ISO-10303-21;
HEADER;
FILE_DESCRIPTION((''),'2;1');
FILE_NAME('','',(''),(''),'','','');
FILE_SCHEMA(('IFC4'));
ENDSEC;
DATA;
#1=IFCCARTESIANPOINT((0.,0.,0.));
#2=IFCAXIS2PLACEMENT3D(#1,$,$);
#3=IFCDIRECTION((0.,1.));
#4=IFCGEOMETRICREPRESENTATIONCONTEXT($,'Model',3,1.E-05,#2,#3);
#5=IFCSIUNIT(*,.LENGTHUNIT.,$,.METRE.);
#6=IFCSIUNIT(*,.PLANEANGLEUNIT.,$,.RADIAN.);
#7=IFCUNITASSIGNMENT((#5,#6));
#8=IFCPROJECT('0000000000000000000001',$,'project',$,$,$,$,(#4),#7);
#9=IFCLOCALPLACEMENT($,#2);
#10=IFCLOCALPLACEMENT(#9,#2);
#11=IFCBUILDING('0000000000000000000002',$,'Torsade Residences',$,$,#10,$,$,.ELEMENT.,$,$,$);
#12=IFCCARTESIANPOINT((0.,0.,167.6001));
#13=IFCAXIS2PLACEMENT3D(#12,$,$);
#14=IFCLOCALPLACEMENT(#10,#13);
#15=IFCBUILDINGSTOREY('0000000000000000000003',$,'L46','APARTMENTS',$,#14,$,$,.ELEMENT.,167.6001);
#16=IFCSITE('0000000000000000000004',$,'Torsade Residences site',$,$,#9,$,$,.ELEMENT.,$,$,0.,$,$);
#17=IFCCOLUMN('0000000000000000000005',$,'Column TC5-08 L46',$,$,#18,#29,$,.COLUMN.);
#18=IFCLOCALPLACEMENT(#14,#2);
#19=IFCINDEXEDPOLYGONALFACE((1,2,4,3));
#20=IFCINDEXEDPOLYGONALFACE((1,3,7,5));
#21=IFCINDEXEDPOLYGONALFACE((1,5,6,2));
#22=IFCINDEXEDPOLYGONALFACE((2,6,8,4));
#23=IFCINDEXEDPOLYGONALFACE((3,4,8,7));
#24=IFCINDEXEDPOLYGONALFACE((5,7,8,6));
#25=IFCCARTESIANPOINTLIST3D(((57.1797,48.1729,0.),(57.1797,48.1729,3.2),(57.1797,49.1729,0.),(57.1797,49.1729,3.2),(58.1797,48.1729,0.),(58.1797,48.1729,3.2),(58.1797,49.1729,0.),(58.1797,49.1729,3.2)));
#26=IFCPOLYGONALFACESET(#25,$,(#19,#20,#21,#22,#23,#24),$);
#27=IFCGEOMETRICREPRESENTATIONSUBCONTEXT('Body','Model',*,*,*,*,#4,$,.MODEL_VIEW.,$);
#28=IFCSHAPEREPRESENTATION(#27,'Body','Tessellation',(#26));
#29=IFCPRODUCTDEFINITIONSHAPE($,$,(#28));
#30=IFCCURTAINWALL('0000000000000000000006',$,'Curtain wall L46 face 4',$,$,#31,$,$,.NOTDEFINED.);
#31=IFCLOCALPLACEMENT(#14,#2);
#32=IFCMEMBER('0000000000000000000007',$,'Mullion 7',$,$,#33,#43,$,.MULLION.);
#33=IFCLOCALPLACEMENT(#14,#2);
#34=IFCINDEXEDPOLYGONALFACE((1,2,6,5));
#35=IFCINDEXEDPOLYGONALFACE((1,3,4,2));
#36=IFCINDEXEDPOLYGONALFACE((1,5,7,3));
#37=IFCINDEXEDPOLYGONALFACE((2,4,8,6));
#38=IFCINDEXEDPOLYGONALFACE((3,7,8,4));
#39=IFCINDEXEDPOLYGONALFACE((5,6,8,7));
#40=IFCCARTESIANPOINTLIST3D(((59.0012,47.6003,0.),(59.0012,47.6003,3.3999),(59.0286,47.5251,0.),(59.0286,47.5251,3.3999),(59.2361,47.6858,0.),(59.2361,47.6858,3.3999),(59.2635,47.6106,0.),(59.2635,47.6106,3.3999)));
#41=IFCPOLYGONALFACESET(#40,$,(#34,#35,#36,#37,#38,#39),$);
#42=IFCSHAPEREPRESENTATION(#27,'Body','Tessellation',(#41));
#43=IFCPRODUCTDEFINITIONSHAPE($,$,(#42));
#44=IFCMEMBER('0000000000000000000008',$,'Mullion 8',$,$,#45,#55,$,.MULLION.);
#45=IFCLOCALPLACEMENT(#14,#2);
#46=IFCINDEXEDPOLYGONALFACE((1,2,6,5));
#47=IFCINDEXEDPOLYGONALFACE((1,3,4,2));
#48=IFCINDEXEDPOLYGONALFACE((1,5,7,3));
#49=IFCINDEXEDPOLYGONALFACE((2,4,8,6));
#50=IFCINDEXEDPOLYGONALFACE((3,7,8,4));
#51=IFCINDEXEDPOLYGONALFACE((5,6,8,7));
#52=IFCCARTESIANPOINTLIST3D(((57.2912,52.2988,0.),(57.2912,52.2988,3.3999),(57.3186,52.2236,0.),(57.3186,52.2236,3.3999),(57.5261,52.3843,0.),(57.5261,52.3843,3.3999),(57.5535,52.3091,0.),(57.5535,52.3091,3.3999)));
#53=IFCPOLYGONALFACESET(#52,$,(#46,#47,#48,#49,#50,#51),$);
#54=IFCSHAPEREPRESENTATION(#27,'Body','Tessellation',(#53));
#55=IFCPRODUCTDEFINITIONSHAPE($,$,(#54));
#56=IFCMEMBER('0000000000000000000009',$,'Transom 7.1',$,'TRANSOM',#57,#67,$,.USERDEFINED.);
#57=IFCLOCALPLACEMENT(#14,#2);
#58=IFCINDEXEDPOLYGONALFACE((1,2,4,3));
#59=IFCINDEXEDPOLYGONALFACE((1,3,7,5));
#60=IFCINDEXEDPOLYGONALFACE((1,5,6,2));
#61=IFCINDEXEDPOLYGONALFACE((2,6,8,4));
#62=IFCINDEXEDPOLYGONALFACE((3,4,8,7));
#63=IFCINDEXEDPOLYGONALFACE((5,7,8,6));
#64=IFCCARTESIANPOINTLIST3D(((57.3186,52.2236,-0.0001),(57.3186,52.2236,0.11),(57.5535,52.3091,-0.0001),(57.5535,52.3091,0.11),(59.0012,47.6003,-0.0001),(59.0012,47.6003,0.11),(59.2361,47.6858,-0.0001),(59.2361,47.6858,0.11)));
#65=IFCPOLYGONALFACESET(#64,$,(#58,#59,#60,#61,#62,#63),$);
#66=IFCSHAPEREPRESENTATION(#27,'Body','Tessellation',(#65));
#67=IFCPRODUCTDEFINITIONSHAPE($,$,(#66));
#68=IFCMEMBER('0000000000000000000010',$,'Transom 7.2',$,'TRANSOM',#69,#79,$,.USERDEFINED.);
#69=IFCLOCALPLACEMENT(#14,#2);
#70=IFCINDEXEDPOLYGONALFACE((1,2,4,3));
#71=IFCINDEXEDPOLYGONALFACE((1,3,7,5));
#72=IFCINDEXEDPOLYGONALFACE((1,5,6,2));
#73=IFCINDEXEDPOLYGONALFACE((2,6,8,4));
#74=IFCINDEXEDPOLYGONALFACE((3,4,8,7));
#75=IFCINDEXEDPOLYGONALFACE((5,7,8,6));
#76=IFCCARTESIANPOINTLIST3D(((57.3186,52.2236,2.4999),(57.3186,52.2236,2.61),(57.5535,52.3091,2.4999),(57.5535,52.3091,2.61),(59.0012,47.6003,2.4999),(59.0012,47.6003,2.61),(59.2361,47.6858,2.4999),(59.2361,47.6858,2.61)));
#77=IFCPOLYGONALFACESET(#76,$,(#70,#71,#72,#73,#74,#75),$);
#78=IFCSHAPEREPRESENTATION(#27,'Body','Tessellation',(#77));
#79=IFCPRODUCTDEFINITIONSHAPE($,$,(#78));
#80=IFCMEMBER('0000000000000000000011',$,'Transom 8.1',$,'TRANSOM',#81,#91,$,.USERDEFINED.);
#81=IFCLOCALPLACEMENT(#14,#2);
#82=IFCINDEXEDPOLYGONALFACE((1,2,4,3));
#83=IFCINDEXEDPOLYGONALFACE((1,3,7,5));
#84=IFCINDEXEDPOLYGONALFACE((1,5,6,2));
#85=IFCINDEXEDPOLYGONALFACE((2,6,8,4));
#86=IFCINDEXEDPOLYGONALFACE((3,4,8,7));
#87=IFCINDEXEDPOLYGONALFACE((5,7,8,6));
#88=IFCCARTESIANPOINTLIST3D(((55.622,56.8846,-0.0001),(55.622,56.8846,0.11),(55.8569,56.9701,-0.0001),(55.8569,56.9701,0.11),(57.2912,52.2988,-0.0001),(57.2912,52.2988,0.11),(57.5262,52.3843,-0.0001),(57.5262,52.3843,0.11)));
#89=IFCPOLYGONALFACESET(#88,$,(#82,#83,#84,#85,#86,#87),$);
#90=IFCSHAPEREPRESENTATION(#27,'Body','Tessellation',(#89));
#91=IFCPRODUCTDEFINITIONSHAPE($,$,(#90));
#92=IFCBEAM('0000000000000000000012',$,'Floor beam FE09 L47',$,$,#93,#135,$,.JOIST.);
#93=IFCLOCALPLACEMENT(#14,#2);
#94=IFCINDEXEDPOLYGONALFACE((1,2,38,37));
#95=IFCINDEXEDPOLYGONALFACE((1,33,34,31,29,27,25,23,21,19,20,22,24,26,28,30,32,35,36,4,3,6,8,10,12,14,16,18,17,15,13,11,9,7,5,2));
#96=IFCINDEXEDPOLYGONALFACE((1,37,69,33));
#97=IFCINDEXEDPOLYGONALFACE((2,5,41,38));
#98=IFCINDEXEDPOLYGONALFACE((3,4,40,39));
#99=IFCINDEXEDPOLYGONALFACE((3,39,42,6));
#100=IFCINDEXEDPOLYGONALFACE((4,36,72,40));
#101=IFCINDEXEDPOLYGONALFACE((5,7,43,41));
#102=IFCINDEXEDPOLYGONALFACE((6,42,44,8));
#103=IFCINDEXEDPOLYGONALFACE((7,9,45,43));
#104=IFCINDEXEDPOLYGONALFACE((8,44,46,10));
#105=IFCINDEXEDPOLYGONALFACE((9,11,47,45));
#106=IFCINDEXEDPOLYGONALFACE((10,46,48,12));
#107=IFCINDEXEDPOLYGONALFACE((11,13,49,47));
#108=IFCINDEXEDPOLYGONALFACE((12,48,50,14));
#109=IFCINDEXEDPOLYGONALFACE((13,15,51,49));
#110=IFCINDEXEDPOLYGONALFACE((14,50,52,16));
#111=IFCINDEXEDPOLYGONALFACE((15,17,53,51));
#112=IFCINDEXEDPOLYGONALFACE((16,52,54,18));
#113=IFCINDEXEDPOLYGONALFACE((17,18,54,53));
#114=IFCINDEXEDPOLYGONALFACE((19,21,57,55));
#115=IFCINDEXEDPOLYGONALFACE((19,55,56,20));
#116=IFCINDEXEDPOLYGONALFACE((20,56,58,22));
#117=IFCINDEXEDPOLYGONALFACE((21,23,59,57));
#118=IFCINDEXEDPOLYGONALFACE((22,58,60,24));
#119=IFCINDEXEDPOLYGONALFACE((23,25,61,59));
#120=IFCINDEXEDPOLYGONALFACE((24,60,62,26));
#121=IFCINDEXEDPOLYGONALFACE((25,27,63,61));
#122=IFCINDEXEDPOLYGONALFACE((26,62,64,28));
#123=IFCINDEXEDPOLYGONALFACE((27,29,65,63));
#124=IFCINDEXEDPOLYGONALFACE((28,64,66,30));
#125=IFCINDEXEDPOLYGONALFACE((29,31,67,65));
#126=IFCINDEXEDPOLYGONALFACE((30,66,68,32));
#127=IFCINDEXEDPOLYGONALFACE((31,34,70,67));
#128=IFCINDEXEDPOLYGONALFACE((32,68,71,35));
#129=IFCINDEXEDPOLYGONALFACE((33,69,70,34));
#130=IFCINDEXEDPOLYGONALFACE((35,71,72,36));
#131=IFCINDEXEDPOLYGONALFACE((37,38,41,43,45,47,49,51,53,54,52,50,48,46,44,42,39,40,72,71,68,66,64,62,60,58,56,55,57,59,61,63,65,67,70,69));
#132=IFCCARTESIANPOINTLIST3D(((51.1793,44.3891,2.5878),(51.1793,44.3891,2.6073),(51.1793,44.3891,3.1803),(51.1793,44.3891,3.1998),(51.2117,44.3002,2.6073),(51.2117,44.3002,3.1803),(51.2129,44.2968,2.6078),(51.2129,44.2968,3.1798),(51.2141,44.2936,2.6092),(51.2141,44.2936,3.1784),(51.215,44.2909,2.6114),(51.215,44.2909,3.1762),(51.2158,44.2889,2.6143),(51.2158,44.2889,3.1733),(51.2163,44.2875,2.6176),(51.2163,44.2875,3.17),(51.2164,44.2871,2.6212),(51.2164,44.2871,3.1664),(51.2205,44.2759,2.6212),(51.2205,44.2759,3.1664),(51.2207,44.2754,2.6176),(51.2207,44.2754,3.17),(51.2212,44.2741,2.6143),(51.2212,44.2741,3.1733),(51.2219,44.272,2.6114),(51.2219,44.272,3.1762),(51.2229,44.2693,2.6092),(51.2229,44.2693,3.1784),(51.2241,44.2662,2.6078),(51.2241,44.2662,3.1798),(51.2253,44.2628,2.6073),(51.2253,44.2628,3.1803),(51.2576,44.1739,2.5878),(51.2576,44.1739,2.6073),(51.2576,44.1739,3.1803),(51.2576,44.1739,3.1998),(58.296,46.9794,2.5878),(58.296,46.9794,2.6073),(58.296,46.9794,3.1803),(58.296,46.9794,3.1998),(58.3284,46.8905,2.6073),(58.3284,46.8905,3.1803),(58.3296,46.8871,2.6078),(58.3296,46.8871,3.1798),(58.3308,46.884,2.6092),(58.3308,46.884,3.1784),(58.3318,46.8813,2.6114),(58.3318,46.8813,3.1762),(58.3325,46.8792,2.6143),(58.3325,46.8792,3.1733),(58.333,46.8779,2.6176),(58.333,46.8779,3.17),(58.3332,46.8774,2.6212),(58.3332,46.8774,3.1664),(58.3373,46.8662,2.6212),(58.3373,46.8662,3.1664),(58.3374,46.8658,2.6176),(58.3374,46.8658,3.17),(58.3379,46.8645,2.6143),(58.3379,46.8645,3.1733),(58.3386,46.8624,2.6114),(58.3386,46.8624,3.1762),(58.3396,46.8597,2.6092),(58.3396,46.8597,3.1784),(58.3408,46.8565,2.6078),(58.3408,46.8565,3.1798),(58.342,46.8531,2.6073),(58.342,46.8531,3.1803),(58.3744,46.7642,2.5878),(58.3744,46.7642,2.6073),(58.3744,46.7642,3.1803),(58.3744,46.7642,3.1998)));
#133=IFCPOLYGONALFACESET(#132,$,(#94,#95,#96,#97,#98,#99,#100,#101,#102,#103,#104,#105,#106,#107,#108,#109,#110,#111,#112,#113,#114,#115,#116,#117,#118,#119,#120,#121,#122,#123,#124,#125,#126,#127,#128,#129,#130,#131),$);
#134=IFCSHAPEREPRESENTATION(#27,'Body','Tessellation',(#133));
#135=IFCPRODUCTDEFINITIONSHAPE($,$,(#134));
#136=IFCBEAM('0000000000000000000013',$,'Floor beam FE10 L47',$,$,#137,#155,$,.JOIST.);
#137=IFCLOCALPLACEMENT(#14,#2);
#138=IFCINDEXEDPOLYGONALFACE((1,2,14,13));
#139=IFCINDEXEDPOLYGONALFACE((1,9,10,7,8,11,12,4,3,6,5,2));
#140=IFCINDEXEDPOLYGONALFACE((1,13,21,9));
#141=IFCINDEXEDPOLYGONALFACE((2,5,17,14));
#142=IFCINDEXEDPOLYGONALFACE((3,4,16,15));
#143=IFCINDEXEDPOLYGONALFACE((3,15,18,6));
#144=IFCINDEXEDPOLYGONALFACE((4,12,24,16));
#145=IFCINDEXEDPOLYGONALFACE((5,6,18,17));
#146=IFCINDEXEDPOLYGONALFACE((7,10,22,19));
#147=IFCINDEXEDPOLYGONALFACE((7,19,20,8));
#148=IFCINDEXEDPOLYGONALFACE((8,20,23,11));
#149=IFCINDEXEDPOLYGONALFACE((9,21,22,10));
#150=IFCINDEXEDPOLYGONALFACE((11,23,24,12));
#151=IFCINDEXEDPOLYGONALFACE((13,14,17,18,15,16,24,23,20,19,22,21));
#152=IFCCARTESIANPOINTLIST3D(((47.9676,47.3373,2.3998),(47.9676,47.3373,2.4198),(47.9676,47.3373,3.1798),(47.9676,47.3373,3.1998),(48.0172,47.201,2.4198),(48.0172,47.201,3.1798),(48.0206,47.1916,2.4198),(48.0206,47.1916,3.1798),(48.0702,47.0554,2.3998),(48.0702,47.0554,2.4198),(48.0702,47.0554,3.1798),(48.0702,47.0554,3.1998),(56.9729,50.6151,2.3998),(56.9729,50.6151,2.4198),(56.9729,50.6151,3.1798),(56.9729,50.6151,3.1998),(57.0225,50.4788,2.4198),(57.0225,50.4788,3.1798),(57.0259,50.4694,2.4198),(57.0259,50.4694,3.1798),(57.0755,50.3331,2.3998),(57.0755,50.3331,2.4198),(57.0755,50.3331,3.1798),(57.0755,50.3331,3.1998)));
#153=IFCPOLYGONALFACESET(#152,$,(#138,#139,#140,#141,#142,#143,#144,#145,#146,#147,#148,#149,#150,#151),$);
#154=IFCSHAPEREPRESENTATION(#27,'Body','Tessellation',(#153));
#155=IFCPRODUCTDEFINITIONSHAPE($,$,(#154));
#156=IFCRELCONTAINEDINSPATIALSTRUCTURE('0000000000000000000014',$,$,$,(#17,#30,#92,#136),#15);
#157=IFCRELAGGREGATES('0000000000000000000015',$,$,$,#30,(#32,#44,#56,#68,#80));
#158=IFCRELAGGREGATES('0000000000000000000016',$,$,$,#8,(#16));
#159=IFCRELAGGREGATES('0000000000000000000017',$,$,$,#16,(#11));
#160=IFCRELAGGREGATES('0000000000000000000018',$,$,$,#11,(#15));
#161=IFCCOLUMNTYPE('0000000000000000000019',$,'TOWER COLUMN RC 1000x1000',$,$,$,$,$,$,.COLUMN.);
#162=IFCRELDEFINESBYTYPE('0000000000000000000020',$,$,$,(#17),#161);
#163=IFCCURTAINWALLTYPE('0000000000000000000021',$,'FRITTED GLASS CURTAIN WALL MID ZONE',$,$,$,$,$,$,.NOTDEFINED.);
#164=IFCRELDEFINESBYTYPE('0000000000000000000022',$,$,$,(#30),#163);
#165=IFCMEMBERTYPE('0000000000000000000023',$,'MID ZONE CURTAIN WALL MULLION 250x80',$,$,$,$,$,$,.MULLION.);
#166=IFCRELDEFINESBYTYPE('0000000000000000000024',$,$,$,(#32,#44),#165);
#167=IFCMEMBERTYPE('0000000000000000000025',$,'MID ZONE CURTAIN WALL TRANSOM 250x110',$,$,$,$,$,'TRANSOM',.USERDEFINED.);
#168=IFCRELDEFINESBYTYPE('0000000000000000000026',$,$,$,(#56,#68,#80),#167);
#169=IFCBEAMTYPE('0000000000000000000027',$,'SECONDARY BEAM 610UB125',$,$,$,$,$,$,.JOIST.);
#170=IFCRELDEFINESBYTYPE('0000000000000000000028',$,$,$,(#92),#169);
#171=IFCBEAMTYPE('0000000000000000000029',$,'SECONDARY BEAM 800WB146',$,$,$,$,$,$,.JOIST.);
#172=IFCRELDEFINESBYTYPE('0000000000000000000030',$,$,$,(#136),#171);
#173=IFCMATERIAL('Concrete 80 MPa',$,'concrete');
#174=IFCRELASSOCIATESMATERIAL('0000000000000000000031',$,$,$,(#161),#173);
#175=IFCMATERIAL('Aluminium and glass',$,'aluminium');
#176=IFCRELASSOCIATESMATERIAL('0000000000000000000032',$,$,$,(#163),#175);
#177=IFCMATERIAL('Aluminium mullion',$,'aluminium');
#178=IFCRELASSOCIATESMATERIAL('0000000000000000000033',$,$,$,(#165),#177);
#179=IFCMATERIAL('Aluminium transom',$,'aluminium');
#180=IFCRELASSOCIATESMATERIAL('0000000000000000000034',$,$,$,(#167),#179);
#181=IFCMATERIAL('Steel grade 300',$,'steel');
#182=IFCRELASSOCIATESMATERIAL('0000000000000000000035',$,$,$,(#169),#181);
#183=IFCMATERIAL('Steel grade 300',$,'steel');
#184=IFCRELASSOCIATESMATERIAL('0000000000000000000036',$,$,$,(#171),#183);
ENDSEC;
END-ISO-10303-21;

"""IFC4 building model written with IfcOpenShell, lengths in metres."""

from ifc_helpers import new_model, si_unit, direction, frame, origin, origin_2d, place, context, subcontext, project, spatial, rectangle, i_section, extrude, material, material_profile, profile_set, type_object, element, aggregate, save


model = new_model("IFC4")

# Units and contexts
model_context = context("Model", 3, precision=1e-05, world=origin(), true_north=direction((0.0, 1.0)))
body_context = subcontext(model_context, "Body", "Model", "MODEL_VIEW")
ifc_project = project(units=[si_unit("LENGTHUNIT", "METRE"), si_unit("PLANEANGLEUNIT", "RADIAN")], contexts=[model_context])

# Site, building, storey
site_placement = place(None, origin())
site = spatial("IfcSite", under=ifc_project, at=site_placement, Name="Torsade Residences site", CompositionType="ELEMENT", RefElevation=0.0)
building_placement = place(site_placement, origin())
building = spatial("IfcBuilding", under=site, at=building_placement, Name="Torsade Residences", CompositionType="ELEMENT")
storey_placement = place(building_placement, frame((0.0, 0.0, 167.6001)))
storey = spatial("IfcBuildingStorey", under=building, at=storey_placement, Name="L46", Description="APARTMENTS", CompositionType="ELEMENT", Elevation=167.6001)

# Column
ifc_material_1 = material(Name="Concrete 80 MPa", Category="concrete")
ifc_material_profile_1 = material_profile(ifc_material_1, rectangle(XDim=1.0, YDim=1.0, at=origin_2d()), Name="RC 1000x1000")
ifc_profile_set_1 = profile_set([ifc_material_profile_1], Name="Concrete 80 MPa")
column_type = type_object("IfcColumnType", Name="TOWER COLUMN RC 1000x1000", PredefinedType="COLUMN", material=ifc_profile_set_1)
column_placement = place(storey_placement, frame((57.6797, 48.6729, 0.0), z_axis=(0.0, 0.0, 1.0), x_axis=(1.0, 0.0, 0.0)))
element("IfcColumn", 1, at=column_placement, inside=storey, type_object=column_type, Name="Column TC5-08 L46", PredefinedType="COLUMN", context=body_context, shape_type="SweptSolid", body=[
    extrude(rectangle(XDim=1.0, YDim=1.0, at=origin_2d()), origin(), (0.0, 0.0, 1.0), 3.2),
])

# Curtain wall, members
ifc_material_2 = material(Name="Aluminium and glass", Category="aluminium")
curtain_wall_type = type_object("IfcCurtainWallType", Name="FRITTED GLASS CURTAIN WALL MID ZONE", PredefinedType="NOTDEFINED", material=ifc_material_2)
curtain_wall_placement = place(storey_placement, origin())
curtain_wall = element("IfcCurtainWall", 2, at=curtain_wall_placement, inside=storey, type_object=curtain_wall_type, Name="Curtain wall L46 face 4", PredefinedType="NOTDEFINED")
ifc_material_3 = material(Name="Aluminium mullion", Category="aluminium")
ifc_material_profile_2 = material_profile(ifc_material_3, rectangle(XDim=0.25, YDim=0.0801, at=origin_2d()), Name="MID ZONE CURTAIN WALL MULLION 250x80")
ifc_profile_set_2 = profile_set([ifc_material_profile_2], Name="Aluminium mullion")
member_type_1 = type_object("IfcMemberType", Name="MID ZONE CURTAIN WALL MULLION 250x80", PredefinedType="MULLION", material=ifc_profile_set_2)
member_1_placement = place(storey_placement, frame((59.1323, 47.6055, 0.0), z_axis=(0.0, 0.0, 1.0), x_axis=(-0.939693, -0.34202, 0.0)))
member_1 = element("IfcMember", 3, at=member_1_placement, type_object=member_type_1, Name="Mullion 7", PredefinedType="MULLION", context=body_context, shape_type="SweptSolid", body=[
    extrude(rectangle(XDim=0.25, YDim=0.0801, at=origin_2d()), origin(), (0.0, 0.0, 1.0), 3.3999),
])
member_2_placement = place(storey_placement, frame((57.4224, 52.304, 0.0), z_axis=(0.0, 0.0, 1.0), x_axis=(-0.939693, -0.34202, 0.0)))
member_2 = element("IfcMember", 4, at=member_2_placement, type_object=member_type_1, Name="Mullion 8", PredefinedType="MULLION", context=body_context, shape_type="SweptSolid", body=[
    extrude(rectangle(XDim=0.25, YDim=0.0801, at=origin_2d()), origin(), (0.0, 0.0, 1.0), 3.3999),
])
ifc_material_4 = material(Name="Aluminium transom", Category="aluminium")
ifc_material_profile_3 = material_profile(ifc_material_4, rectangle(XDim=0.25, YDim=0.1101, at=origin_2d()), Name="MID ZONE CURTAIN WALL TRANSOM 250x110")
ifc_profile_set_3 = profile_set([ifc_material_profile_3], Name="Aluminium transom")
member_type_2 = type_object("IfcMemberType", Name="MID ZONE CURTAIN WALL TRANSOM 250x110", ElementType="TRANSOM", PredefinedType="USERDEFINED", material=ifc_profile_set_3)
member_3_placement = place(storey_placement, frame((59.1187, 47.6431, 0.0549), z_axis=(-0.341998, 0.939701, 0.0), x_axis=(-0.939701, -0.341998, 0.0)))
member_3 = element("IfcMember", 5, at=member_3_placement, type_object=member_type_2, Name="Transom 7.1", ObjectType="TRANSOM", PredefinedType="USERDEFINED", context=body_context, shape_type="SweptSolid", body=[
    extrude(rectangle(XDim=0.25, YDim=0.1101, at=origin_2d()), origin(), (0.0, 0.0, 1.0), 4.9199),
])
member_4_placement = place(storey_placement, frame((59.1187, 47.6431, 2.5549), z_axis=(-0.341998, 0.939701, 0.0), x_axis=(-0.939701, -0.341998, 0.0)))
member_4 = element("IfcMember", 6, at=member_4_placement, type_object=member_type_2, Name="Transom 7.2", ObjectType="TRANSOM", PredefinedType="USERDEFINED", context=body_context, shape_type="SweptSolid", body=[
    extrude(rectangle(XDim=0.25, YDim=0.1101, at=origin_2d()), origin(), (0.0, 0.0, 1.0), 4.9199),
])
member_5_placement = place(storey_placement, frame((57.4087, 52.3416, 0.0549), z_axis=(-0.342044, 0.939684, 0.0), x_axis=(-0.939684, -0.342044, 0.0)))
member_5 = element("IfcMember", 7, at=member_5_placement, type_object=member_type_2, Name="Transom 8.1", ObjectType="TRANSOM", PredefinedType="USERDEFINED", context=body_context, shape_type="SweptSolid", body=[
    extrude(rectangle(XDim=0.25, YDim=0.1101, at=origin_2d()), origin(), (0.0, 0.0, 1.0), 4.8801),
])

# Beams
ifc_material_5 = material(Name="Steel grade 300", Category="steel")
ifc_material_profile_4 = material_profile(ifc_material_5, i_section(OverallWidth=0.229, OverallDepth=0.6121, WebThickness=0.012, FlangeThickness=0.0195, FilletRadius=0.0139, at=origin_2d()), Name="610UB125")
ifc_profile_set_4 = profile_set([ifc_material_profile_4], Name="Steel grade 300")
beam_type_1 = type_object("IfcBeamType", Name="SECONDARY BEAM 610UB125", PredefinedType="JOIST", material=ifc_profile_set_4)
beam_1_placement = place(storey_placement, frame((58.3352, 46.8718, 2.8938), z_axis=(-0.93969, -0.342028, 0.0), x_axis=(0.342028, -0.93969, 0.0)))
element("IfcBeam", 8, at=beam_1_placement, inside=storey, type_object=beam_type_1, Name="Floor beam FE09 L47", PredefinedType="JOIST", context=body_context, shape_type="SweptSolid", body=[
    extrude(i_section(OverallWidth=0.229, OverallDepth=0.6121, WebThickness=0.012, FlangeThickness=0.0195, FilletRadius=0.0139, at=origin_2d()), origin(), (0.0, 0.0, 1.0), 7.5735),
])
ifc_material_6 = material(Name="Steel grade 300", Category="steel")
ifc_material_profile_5 = material_profile(ifc_material_6, i_section(OverallWidth=0.3, OverallDepth=0.8, WebThickness=0.01, FlangeThickness=0.02, at=origin_2d()), Name="800WB146")
ifc_profile_set_5 = profile_set([ifc_material_profile_5], Name="Steel grade 300")
beam_type_2 = type_object("IfcBeamType", Name="SECONDARY BEAM 800WB146", PredefinedType="JOIST", material=ifc_profile_set_5)
beam_2_placement = place(storey_placement, frame((57.0242, 50.4741, 2.7998), z_axis=(-0.939688, -0.342034, 0.0), x_axis=(0.342034, -0.939688, 0.0)))
element("IfcBeam", 9, at=beam_2_placement, inside=storey, type_object=beam_type_2, Name="Floor beam FE10 L47", PredefinedType="JOIST", context=body_context, shape_type="SweptSolid", body=[
    extrude(i_section(OverallWidth=0.3, OverallDepth=0.8, WebThickness=0.01, FlangeThickness=0.02, at=origin_2d()), origin(), (0.0, 0.0, 1.0), 9.5833),
])

aggregate(curtain_wall, [member_1, member_2, member_3, member_4, member_5])

save(model, "model.ifc")
